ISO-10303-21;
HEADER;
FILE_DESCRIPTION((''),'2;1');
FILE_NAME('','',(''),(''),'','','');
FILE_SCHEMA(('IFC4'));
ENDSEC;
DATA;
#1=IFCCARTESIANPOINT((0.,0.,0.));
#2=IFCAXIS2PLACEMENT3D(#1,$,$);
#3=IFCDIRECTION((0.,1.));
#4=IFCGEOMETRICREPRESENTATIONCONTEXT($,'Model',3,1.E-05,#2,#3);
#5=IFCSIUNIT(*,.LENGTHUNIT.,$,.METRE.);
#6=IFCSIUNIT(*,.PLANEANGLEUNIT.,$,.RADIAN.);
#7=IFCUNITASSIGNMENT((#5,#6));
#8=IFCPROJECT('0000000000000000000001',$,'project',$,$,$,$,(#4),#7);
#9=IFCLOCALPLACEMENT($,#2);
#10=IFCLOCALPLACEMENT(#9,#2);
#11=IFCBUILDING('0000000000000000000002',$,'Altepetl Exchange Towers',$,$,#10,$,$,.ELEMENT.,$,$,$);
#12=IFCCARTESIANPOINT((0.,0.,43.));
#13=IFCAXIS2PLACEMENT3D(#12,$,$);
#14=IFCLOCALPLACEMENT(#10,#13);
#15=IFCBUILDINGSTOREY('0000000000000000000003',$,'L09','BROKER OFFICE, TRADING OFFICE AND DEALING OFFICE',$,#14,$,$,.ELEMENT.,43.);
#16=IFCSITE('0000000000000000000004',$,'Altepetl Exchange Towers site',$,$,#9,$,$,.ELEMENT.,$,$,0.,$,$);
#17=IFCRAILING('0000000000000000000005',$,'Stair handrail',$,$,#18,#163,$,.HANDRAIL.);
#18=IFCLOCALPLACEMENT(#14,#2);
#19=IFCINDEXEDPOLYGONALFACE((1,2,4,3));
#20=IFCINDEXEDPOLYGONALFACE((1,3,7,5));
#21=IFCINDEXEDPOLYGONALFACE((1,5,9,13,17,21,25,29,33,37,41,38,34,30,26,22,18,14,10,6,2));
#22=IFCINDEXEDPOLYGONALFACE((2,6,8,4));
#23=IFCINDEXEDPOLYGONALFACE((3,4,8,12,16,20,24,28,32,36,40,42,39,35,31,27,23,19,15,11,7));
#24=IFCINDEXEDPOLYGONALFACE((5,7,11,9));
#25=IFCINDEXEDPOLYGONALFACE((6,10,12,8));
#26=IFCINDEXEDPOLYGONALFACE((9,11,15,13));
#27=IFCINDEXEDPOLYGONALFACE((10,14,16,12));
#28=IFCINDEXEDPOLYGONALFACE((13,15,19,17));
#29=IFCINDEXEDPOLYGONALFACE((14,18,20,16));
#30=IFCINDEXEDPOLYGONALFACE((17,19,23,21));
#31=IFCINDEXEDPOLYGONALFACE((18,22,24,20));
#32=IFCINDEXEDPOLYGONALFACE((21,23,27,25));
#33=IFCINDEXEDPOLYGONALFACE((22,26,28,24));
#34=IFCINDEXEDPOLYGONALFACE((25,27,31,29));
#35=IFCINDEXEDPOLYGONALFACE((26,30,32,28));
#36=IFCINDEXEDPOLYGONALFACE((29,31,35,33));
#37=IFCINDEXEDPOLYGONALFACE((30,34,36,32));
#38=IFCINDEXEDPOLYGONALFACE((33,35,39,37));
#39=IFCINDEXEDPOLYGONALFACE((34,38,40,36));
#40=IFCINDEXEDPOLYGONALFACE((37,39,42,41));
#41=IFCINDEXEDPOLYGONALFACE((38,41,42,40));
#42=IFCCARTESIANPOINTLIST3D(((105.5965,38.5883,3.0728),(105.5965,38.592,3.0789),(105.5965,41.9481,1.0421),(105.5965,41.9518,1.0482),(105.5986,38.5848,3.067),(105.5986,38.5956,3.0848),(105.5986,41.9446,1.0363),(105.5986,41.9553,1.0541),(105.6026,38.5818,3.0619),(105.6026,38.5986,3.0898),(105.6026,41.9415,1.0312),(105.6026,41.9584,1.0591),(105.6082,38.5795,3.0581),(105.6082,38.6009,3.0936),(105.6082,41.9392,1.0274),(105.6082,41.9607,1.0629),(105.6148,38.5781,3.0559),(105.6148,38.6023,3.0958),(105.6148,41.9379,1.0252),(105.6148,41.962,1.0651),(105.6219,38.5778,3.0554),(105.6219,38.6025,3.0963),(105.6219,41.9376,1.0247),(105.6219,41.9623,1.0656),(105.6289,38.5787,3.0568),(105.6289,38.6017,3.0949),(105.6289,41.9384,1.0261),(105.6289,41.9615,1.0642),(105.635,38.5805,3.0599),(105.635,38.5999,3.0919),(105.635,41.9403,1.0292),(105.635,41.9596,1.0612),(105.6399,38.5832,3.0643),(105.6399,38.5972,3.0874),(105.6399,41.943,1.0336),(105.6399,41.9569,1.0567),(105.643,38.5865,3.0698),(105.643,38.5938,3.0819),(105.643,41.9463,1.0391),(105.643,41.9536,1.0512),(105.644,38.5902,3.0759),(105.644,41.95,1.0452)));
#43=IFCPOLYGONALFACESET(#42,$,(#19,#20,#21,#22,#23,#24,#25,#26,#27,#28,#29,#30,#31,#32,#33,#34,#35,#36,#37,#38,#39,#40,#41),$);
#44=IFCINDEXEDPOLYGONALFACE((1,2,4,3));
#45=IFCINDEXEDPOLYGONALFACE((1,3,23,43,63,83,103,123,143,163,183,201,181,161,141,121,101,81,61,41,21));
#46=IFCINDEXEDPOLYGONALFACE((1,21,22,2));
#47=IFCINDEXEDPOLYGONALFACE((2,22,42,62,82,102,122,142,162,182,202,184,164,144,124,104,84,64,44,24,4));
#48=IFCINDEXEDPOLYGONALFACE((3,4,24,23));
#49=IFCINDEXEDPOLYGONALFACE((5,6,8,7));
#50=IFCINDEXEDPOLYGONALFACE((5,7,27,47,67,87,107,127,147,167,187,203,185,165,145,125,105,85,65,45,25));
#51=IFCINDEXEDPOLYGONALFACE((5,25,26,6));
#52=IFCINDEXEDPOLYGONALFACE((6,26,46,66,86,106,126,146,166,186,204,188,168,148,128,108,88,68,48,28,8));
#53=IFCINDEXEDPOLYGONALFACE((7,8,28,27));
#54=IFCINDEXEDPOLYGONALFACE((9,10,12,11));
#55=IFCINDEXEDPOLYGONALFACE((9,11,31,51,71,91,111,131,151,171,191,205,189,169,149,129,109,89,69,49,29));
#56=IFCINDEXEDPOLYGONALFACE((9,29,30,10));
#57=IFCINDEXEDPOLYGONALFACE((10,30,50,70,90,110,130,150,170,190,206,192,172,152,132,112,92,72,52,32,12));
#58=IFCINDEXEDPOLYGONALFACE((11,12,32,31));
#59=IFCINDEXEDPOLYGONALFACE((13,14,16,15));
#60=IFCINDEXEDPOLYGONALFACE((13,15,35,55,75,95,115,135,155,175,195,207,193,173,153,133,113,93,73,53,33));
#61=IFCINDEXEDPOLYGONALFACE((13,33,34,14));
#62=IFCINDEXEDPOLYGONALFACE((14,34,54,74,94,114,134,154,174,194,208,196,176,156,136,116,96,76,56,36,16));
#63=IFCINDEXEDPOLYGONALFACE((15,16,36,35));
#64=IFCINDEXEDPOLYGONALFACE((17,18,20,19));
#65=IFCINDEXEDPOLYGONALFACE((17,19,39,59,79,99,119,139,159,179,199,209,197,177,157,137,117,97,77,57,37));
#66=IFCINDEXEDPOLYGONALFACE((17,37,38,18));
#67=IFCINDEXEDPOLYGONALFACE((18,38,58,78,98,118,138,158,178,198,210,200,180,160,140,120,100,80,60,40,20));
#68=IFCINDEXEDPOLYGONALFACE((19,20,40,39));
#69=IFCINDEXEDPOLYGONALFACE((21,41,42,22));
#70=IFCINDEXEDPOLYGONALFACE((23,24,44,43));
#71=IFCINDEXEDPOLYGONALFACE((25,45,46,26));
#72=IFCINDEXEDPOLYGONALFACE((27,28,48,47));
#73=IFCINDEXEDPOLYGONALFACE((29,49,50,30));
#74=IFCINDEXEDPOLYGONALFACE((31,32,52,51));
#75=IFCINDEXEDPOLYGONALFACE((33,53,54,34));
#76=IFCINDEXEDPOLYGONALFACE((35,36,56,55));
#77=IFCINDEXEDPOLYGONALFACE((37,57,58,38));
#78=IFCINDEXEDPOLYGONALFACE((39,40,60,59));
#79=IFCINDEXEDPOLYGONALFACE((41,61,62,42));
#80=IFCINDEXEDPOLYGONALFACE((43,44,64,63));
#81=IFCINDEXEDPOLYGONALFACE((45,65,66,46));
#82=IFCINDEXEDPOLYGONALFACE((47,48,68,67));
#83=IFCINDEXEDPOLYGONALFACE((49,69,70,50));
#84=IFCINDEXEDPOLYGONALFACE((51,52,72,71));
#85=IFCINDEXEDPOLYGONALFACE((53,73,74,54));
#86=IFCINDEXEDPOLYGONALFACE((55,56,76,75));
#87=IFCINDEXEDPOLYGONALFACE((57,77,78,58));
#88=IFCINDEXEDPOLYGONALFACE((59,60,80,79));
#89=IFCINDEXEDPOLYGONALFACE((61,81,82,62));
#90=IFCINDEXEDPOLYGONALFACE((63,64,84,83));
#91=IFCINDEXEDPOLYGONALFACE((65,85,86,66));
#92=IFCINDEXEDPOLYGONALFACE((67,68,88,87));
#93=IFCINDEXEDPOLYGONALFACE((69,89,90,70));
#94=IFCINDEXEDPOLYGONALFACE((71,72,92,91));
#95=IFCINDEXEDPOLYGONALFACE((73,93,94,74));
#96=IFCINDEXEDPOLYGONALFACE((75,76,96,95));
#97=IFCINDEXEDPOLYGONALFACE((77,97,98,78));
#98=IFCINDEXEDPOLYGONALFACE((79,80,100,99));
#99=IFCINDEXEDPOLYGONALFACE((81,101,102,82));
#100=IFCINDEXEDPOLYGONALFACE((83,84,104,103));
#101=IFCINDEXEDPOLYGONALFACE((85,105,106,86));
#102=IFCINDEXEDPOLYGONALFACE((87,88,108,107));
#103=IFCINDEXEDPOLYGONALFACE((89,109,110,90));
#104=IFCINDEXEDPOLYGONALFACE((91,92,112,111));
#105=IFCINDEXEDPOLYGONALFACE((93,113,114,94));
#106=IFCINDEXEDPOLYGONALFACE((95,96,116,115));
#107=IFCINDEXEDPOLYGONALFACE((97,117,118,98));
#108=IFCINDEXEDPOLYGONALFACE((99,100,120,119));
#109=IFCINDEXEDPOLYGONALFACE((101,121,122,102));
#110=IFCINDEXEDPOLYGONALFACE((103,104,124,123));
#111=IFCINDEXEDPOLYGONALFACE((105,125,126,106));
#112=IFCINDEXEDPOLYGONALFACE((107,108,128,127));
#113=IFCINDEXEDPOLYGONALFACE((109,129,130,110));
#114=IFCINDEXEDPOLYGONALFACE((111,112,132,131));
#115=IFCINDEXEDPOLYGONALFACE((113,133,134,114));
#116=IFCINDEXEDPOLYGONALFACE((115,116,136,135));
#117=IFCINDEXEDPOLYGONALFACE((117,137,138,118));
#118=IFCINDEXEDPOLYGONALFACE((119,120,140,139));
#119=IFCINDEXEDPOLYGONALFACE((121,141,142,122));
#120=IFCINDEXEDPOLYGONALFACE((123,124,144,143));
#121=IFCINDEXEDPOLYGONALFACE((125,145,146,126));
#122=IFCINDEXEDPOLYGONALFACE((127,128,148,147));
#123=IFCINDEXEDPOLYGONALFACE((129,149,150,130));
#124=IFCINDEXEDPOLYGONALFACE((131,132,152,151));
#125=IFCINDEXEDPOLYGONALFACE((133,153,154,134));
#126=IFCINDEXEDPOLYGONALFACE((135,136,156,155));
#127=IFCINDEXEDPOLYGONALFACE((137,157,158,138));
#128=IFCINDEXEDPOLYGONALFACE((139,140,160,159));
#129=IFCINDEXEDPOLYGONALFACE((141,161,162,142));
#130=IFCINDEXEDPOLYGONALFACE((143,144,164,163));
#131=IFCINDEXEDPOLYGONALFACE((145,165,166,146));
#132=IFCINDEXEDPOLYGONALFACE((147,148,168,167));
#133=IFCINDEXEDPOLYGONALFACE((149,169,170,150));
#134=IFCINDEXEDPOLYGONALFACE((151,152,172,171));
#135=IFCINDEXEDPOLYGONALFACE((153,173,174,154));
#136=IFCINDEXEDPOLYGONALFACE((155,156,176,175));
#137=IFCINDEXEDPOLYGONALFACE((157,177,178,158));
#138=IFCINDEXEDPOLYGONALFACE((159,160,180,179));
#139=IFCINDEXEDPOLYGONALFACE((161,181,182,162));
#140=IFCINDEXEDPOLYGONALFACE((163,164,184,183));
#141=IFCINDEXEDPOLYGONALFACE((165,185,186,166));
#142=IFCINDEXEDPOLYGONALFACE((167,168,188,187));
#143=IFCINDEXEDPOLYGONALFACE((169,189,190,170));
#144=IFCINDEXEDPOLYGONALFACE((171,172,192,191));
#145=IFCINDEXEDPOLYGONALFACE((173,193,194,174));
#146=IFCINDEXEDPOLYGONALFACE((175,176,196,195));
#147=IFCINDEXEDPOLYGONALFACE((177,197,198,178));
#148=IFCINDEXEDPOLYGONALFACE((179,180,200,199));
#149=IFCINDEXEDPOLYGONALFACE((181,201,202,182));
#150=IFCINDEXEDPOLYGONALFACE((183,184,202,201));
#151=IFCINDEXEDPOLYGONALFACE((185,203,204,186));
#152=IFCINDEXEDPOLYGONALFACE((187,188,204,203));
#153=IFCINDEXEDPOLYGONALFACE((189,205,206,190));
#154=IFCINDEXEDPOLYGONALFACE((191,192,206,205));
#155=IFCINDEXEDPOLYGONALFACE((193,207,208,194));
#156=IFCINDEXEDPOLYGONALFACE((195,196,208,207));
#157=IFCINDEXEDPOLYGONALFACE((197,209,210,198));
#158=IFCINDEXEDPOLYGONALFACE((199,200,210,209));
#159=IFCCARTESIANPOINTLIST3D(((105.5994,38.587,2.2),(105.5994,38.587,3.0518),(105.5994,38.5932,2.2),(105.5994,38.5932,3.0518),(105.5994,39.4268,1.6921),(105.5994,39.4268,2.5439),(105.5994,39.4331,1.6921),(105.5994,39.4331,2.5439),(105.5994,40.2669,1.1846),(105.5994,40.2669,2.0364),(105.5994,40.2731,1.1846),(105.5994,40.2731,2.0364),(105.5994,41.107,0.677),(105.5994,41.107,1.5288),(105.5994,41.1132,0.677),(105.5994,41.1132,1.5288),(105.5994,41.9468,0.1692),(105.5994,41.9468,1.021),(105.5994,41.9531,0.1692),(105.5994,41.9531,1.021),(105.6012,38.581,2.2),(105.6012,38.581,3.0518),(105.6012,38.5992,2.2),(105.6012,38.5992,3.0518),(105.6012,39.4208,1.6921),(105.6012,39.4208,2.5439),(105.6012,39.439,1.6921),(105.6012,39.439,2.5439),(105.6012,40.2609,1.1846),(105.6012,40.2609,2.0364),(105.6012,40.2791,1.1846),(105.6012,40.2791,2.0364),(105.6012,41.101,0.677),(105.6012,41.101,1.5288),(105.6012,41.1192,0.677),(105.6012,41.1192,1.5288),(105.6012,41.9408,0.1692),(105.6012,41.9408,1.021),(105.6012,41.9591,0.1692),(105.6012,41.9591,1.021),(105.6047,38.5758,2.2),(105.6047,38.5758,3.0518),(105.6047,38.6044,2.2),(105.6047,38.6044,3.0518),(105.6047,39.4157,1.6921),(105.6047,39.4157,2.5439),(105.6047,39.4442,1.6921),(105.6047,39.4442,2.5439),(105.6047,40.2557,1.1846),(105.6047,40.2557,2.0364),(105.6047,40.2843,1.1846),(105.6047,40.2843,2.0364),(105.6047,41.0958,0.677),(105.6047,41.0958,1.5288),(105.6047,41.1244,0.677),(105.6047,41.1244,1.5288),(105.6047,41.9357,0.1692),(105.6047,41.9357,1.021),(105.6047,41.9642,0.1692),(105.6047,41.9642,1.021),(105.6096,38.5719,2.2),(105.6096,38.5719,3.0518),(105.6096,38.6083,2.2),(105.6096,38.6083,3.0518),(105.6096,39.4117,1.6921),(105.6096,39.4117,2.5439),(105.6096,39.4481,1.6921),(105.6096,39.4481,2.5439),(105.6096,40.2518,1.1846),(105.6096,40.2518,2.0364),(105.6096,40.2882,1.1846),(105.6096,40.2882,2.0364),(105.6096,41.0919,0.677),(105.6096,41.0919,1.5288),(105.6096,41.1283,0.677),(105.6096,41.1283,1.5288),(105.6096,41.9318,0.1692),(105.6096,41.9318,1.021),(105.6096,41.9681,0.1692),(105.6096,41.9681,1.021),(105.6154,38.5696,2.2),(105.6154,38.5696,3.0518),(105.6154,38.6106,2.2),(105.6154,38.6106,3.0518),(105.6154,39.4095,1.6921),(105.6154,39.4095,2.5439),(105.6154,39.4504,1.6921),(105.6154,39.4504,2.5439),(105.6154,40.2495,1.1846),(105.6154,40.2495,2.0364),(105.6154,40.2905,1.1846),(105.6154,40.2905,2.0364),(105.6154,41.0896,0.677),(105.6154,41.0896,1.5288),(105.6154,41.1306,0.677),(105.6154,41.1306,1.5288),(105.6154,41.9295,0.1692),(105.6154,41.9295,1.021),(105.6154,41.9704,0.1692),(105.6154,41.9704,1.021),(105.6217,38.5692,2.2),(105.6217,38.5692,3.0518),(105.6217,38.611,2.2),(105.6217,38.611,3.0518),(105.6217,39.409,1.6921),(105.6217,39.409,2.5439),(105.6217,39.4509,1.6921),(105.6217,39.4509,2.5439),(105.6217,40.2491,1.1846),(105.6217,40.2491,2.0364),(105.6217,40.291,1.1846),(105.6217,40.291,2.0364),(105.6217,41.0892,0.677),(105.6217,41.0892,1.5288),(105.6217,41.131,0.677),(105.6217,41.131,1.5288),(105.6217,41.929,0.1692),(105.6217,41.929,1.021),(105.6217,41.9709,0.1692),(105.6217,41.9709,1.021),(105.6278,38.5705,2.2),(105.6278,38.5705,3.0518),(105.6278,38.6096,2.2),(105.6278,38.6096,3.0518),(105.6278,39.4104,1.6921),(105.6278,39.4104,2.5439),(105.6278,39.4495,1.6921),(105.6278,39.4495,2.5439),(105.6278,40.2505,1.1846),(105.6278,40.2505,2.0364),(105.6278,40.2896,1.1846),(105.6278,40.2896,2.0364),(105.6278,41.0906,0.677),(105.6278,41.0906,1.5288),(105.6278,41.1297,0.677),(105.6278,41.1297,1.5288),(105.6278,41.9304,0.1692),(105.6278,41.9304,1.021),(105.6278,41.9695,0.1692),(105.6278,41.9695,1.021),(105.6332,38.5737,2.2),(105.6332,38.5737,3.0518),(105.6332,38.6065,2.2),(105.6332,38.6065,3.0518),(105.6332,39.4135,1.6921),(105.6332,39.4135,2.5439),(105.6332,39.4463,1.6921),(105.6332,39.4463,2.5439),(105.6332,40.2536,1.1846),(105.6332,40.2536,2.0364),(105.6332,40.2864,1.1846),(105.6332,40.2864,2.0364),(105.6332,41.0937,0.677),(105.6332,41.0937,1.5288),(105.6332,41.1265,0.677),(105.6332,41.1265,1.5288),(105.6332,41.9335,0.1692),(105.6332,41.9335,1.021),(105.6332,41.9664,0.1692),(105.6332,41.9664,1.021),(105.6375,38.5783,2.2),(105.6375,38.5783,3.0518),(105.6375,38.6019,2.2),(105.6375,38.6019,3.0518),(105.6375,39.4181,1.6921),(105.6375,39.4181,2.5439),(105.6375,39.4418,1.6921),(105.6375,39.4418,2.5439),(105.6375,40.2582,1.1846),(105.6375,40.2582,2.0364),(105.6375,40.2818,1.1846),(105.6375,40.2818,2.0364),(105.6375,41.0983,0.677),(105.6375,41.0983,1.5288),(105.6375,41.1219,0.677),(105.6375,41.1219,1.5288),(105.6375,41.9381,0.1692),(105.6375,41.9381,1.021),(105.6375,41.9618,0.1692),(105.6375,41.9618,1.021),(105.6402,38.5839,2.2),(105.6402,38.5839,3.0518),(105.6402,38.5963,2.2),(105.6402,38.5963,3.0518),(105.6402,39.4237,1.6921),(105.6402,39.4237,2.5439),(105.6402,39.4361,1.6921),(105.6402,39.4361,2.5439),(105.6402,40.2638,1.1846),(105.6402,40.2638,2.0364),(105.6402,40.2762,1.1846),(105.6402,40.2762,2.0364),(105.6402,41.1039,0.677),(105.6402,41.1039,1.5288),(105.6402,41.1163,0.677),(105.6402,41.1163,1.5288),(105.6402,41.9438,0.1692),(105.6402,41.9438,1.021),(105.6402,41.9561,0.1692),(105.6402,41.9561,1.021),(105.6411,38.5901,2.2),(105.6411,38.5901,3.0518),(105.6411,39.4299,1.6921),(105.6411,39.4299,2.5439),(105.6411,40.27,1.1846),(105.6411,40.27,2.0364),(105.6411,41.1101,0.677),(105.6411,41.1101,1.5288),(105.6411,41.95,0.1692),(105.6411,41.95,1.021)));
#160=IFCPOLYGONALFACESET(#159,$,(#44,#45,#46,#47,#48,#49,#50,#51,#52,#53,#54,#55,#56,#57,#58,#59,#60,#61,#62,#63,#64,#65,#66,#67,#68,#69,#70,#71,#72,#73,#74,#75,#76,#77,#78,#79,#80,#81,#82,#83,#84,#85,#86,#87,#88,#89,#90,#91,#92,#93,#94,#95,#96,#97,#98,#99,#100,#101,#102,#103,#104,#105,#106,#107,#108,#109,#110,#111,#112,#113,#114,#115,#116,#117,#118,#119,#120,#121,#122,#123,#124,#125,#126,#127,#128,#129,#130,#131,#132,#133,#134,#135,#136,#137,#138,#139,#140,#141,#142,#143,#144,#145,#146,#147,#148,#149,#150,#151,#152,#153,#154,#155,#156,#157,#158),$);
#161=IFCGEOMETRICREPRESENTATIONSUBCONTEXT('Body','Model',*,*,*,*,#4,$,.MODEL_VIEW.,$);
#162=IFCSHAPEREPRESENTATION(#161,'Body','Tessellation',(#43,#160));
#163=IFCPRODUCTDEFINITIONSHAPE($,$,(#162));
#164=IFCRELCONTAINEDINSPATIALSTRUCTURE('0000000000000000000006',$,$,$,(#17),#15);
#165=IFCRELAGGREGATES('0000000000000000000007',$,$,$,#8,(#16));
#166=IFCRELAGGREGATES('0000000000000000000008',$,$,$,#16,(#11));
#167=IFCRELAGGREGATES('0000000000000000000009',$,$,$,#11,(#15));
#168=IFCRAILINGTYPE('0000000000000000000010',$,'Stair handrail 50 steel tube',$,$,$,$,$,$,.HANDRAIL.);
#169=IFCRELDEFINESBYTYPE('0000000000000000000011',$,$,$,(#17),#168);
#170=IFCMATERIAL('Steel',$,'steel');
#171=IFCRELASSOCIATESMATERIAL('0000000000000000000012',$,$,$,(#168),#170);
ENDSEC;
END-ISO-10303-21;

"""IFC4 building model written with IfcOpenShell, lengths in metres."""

from ifc_helpers import new_model, si_unit, direction, frame, origin, origin_2d, place, context, subcontext, project, spatial, circle, extrude, source, transform, mapped, material, type_object, element, save


model = new_model("IFC4")

# Units and contexts
model_context = context("Model", 3, precision=1e-05, world=origin(), true_north=direction((0.0, 1.0)))
body_context = subcontext(model_context, "Body", "Model", "MODEL_VIEW")
ifc_project = project(units=[si_unit("LENGTHUNIT", "METRE"), si_unit("PLANEANGLEUNIT", "RADIAN")], contexts=[model_context])

# Site, building, storey
site_placement = place(None, origin())
site = spatial("IfcSite", under=ifc_project, at=site_placement, Name="Altepetl Exchange Towers site", CompositionType="ELEMENT", RefElevation=0.0)
building_placement = place(site_placement, origin())
building = spatial("IfcBuilding", under=site, at=building_placement, Name="Altepetl Exchange Towers", CompositionType="ELEMENT")
storey_placement = place(building_placement, frame((0.0, 0.0, 43.0)))
storey = spatial("IfcBuildingStorey", under=building, at=storey_placement, Name="L09", Description="BROKER OFFICE, TRADING OFFICE AND DEALING OFFICE", CompositionType="ELEMENT", Elevation=43.0)

# Railing
ifc_material_1 = material(Name="Steel", Category="steel")
railing_type = type_object("IfcRailingType", Name="Stair handrail 50 steel tube", PredefinedType="HANDRAIL", material=ifc_material_1)
shared_shape = source(origin(), body_context, "Body", "SweptSolid", [
    extrude(circle(Radius=0.021, at=origin_2d()), origin(), (0.0, 0.0, 1.0), 0.8518),
])
railing_1_placement = place(storey_placement, frame((105.6201, 41.95, 0.1692)))
element("IfcRailing", 1, at=railing_1_placement, inside=storey, type_object=railing_type, Name="Stair handrail", PredefinedType="HANDRAIL", context=body_context, shape_type="SweptSolid", body=[
    extrude(circle(Radius=0.0239, at=origin_2d()), frame((0.0, 0.0, 0.876), z_axis=(0.0, -0.85582, 0.517273), x_axis=(1.0, 0.0, 0.0)), (0.0, 0.0, 1.0), 3.9258),
    mapped(shared_shape, transform((0.0, 0.0, 0.0))),
    mapped(shared_shape, transform((0.0, -0.8398, 0.5078))),
    mapped(shared_shape, transform((0.0, -1.6799, 1.0154))),
    mapped(shared_shape, transform((0.0, -2.52, 1.5229))),
    mapped(shared_shape, transform((0.0, -3.3599, 2.0308))),
])

save(model, "model.ifc")
